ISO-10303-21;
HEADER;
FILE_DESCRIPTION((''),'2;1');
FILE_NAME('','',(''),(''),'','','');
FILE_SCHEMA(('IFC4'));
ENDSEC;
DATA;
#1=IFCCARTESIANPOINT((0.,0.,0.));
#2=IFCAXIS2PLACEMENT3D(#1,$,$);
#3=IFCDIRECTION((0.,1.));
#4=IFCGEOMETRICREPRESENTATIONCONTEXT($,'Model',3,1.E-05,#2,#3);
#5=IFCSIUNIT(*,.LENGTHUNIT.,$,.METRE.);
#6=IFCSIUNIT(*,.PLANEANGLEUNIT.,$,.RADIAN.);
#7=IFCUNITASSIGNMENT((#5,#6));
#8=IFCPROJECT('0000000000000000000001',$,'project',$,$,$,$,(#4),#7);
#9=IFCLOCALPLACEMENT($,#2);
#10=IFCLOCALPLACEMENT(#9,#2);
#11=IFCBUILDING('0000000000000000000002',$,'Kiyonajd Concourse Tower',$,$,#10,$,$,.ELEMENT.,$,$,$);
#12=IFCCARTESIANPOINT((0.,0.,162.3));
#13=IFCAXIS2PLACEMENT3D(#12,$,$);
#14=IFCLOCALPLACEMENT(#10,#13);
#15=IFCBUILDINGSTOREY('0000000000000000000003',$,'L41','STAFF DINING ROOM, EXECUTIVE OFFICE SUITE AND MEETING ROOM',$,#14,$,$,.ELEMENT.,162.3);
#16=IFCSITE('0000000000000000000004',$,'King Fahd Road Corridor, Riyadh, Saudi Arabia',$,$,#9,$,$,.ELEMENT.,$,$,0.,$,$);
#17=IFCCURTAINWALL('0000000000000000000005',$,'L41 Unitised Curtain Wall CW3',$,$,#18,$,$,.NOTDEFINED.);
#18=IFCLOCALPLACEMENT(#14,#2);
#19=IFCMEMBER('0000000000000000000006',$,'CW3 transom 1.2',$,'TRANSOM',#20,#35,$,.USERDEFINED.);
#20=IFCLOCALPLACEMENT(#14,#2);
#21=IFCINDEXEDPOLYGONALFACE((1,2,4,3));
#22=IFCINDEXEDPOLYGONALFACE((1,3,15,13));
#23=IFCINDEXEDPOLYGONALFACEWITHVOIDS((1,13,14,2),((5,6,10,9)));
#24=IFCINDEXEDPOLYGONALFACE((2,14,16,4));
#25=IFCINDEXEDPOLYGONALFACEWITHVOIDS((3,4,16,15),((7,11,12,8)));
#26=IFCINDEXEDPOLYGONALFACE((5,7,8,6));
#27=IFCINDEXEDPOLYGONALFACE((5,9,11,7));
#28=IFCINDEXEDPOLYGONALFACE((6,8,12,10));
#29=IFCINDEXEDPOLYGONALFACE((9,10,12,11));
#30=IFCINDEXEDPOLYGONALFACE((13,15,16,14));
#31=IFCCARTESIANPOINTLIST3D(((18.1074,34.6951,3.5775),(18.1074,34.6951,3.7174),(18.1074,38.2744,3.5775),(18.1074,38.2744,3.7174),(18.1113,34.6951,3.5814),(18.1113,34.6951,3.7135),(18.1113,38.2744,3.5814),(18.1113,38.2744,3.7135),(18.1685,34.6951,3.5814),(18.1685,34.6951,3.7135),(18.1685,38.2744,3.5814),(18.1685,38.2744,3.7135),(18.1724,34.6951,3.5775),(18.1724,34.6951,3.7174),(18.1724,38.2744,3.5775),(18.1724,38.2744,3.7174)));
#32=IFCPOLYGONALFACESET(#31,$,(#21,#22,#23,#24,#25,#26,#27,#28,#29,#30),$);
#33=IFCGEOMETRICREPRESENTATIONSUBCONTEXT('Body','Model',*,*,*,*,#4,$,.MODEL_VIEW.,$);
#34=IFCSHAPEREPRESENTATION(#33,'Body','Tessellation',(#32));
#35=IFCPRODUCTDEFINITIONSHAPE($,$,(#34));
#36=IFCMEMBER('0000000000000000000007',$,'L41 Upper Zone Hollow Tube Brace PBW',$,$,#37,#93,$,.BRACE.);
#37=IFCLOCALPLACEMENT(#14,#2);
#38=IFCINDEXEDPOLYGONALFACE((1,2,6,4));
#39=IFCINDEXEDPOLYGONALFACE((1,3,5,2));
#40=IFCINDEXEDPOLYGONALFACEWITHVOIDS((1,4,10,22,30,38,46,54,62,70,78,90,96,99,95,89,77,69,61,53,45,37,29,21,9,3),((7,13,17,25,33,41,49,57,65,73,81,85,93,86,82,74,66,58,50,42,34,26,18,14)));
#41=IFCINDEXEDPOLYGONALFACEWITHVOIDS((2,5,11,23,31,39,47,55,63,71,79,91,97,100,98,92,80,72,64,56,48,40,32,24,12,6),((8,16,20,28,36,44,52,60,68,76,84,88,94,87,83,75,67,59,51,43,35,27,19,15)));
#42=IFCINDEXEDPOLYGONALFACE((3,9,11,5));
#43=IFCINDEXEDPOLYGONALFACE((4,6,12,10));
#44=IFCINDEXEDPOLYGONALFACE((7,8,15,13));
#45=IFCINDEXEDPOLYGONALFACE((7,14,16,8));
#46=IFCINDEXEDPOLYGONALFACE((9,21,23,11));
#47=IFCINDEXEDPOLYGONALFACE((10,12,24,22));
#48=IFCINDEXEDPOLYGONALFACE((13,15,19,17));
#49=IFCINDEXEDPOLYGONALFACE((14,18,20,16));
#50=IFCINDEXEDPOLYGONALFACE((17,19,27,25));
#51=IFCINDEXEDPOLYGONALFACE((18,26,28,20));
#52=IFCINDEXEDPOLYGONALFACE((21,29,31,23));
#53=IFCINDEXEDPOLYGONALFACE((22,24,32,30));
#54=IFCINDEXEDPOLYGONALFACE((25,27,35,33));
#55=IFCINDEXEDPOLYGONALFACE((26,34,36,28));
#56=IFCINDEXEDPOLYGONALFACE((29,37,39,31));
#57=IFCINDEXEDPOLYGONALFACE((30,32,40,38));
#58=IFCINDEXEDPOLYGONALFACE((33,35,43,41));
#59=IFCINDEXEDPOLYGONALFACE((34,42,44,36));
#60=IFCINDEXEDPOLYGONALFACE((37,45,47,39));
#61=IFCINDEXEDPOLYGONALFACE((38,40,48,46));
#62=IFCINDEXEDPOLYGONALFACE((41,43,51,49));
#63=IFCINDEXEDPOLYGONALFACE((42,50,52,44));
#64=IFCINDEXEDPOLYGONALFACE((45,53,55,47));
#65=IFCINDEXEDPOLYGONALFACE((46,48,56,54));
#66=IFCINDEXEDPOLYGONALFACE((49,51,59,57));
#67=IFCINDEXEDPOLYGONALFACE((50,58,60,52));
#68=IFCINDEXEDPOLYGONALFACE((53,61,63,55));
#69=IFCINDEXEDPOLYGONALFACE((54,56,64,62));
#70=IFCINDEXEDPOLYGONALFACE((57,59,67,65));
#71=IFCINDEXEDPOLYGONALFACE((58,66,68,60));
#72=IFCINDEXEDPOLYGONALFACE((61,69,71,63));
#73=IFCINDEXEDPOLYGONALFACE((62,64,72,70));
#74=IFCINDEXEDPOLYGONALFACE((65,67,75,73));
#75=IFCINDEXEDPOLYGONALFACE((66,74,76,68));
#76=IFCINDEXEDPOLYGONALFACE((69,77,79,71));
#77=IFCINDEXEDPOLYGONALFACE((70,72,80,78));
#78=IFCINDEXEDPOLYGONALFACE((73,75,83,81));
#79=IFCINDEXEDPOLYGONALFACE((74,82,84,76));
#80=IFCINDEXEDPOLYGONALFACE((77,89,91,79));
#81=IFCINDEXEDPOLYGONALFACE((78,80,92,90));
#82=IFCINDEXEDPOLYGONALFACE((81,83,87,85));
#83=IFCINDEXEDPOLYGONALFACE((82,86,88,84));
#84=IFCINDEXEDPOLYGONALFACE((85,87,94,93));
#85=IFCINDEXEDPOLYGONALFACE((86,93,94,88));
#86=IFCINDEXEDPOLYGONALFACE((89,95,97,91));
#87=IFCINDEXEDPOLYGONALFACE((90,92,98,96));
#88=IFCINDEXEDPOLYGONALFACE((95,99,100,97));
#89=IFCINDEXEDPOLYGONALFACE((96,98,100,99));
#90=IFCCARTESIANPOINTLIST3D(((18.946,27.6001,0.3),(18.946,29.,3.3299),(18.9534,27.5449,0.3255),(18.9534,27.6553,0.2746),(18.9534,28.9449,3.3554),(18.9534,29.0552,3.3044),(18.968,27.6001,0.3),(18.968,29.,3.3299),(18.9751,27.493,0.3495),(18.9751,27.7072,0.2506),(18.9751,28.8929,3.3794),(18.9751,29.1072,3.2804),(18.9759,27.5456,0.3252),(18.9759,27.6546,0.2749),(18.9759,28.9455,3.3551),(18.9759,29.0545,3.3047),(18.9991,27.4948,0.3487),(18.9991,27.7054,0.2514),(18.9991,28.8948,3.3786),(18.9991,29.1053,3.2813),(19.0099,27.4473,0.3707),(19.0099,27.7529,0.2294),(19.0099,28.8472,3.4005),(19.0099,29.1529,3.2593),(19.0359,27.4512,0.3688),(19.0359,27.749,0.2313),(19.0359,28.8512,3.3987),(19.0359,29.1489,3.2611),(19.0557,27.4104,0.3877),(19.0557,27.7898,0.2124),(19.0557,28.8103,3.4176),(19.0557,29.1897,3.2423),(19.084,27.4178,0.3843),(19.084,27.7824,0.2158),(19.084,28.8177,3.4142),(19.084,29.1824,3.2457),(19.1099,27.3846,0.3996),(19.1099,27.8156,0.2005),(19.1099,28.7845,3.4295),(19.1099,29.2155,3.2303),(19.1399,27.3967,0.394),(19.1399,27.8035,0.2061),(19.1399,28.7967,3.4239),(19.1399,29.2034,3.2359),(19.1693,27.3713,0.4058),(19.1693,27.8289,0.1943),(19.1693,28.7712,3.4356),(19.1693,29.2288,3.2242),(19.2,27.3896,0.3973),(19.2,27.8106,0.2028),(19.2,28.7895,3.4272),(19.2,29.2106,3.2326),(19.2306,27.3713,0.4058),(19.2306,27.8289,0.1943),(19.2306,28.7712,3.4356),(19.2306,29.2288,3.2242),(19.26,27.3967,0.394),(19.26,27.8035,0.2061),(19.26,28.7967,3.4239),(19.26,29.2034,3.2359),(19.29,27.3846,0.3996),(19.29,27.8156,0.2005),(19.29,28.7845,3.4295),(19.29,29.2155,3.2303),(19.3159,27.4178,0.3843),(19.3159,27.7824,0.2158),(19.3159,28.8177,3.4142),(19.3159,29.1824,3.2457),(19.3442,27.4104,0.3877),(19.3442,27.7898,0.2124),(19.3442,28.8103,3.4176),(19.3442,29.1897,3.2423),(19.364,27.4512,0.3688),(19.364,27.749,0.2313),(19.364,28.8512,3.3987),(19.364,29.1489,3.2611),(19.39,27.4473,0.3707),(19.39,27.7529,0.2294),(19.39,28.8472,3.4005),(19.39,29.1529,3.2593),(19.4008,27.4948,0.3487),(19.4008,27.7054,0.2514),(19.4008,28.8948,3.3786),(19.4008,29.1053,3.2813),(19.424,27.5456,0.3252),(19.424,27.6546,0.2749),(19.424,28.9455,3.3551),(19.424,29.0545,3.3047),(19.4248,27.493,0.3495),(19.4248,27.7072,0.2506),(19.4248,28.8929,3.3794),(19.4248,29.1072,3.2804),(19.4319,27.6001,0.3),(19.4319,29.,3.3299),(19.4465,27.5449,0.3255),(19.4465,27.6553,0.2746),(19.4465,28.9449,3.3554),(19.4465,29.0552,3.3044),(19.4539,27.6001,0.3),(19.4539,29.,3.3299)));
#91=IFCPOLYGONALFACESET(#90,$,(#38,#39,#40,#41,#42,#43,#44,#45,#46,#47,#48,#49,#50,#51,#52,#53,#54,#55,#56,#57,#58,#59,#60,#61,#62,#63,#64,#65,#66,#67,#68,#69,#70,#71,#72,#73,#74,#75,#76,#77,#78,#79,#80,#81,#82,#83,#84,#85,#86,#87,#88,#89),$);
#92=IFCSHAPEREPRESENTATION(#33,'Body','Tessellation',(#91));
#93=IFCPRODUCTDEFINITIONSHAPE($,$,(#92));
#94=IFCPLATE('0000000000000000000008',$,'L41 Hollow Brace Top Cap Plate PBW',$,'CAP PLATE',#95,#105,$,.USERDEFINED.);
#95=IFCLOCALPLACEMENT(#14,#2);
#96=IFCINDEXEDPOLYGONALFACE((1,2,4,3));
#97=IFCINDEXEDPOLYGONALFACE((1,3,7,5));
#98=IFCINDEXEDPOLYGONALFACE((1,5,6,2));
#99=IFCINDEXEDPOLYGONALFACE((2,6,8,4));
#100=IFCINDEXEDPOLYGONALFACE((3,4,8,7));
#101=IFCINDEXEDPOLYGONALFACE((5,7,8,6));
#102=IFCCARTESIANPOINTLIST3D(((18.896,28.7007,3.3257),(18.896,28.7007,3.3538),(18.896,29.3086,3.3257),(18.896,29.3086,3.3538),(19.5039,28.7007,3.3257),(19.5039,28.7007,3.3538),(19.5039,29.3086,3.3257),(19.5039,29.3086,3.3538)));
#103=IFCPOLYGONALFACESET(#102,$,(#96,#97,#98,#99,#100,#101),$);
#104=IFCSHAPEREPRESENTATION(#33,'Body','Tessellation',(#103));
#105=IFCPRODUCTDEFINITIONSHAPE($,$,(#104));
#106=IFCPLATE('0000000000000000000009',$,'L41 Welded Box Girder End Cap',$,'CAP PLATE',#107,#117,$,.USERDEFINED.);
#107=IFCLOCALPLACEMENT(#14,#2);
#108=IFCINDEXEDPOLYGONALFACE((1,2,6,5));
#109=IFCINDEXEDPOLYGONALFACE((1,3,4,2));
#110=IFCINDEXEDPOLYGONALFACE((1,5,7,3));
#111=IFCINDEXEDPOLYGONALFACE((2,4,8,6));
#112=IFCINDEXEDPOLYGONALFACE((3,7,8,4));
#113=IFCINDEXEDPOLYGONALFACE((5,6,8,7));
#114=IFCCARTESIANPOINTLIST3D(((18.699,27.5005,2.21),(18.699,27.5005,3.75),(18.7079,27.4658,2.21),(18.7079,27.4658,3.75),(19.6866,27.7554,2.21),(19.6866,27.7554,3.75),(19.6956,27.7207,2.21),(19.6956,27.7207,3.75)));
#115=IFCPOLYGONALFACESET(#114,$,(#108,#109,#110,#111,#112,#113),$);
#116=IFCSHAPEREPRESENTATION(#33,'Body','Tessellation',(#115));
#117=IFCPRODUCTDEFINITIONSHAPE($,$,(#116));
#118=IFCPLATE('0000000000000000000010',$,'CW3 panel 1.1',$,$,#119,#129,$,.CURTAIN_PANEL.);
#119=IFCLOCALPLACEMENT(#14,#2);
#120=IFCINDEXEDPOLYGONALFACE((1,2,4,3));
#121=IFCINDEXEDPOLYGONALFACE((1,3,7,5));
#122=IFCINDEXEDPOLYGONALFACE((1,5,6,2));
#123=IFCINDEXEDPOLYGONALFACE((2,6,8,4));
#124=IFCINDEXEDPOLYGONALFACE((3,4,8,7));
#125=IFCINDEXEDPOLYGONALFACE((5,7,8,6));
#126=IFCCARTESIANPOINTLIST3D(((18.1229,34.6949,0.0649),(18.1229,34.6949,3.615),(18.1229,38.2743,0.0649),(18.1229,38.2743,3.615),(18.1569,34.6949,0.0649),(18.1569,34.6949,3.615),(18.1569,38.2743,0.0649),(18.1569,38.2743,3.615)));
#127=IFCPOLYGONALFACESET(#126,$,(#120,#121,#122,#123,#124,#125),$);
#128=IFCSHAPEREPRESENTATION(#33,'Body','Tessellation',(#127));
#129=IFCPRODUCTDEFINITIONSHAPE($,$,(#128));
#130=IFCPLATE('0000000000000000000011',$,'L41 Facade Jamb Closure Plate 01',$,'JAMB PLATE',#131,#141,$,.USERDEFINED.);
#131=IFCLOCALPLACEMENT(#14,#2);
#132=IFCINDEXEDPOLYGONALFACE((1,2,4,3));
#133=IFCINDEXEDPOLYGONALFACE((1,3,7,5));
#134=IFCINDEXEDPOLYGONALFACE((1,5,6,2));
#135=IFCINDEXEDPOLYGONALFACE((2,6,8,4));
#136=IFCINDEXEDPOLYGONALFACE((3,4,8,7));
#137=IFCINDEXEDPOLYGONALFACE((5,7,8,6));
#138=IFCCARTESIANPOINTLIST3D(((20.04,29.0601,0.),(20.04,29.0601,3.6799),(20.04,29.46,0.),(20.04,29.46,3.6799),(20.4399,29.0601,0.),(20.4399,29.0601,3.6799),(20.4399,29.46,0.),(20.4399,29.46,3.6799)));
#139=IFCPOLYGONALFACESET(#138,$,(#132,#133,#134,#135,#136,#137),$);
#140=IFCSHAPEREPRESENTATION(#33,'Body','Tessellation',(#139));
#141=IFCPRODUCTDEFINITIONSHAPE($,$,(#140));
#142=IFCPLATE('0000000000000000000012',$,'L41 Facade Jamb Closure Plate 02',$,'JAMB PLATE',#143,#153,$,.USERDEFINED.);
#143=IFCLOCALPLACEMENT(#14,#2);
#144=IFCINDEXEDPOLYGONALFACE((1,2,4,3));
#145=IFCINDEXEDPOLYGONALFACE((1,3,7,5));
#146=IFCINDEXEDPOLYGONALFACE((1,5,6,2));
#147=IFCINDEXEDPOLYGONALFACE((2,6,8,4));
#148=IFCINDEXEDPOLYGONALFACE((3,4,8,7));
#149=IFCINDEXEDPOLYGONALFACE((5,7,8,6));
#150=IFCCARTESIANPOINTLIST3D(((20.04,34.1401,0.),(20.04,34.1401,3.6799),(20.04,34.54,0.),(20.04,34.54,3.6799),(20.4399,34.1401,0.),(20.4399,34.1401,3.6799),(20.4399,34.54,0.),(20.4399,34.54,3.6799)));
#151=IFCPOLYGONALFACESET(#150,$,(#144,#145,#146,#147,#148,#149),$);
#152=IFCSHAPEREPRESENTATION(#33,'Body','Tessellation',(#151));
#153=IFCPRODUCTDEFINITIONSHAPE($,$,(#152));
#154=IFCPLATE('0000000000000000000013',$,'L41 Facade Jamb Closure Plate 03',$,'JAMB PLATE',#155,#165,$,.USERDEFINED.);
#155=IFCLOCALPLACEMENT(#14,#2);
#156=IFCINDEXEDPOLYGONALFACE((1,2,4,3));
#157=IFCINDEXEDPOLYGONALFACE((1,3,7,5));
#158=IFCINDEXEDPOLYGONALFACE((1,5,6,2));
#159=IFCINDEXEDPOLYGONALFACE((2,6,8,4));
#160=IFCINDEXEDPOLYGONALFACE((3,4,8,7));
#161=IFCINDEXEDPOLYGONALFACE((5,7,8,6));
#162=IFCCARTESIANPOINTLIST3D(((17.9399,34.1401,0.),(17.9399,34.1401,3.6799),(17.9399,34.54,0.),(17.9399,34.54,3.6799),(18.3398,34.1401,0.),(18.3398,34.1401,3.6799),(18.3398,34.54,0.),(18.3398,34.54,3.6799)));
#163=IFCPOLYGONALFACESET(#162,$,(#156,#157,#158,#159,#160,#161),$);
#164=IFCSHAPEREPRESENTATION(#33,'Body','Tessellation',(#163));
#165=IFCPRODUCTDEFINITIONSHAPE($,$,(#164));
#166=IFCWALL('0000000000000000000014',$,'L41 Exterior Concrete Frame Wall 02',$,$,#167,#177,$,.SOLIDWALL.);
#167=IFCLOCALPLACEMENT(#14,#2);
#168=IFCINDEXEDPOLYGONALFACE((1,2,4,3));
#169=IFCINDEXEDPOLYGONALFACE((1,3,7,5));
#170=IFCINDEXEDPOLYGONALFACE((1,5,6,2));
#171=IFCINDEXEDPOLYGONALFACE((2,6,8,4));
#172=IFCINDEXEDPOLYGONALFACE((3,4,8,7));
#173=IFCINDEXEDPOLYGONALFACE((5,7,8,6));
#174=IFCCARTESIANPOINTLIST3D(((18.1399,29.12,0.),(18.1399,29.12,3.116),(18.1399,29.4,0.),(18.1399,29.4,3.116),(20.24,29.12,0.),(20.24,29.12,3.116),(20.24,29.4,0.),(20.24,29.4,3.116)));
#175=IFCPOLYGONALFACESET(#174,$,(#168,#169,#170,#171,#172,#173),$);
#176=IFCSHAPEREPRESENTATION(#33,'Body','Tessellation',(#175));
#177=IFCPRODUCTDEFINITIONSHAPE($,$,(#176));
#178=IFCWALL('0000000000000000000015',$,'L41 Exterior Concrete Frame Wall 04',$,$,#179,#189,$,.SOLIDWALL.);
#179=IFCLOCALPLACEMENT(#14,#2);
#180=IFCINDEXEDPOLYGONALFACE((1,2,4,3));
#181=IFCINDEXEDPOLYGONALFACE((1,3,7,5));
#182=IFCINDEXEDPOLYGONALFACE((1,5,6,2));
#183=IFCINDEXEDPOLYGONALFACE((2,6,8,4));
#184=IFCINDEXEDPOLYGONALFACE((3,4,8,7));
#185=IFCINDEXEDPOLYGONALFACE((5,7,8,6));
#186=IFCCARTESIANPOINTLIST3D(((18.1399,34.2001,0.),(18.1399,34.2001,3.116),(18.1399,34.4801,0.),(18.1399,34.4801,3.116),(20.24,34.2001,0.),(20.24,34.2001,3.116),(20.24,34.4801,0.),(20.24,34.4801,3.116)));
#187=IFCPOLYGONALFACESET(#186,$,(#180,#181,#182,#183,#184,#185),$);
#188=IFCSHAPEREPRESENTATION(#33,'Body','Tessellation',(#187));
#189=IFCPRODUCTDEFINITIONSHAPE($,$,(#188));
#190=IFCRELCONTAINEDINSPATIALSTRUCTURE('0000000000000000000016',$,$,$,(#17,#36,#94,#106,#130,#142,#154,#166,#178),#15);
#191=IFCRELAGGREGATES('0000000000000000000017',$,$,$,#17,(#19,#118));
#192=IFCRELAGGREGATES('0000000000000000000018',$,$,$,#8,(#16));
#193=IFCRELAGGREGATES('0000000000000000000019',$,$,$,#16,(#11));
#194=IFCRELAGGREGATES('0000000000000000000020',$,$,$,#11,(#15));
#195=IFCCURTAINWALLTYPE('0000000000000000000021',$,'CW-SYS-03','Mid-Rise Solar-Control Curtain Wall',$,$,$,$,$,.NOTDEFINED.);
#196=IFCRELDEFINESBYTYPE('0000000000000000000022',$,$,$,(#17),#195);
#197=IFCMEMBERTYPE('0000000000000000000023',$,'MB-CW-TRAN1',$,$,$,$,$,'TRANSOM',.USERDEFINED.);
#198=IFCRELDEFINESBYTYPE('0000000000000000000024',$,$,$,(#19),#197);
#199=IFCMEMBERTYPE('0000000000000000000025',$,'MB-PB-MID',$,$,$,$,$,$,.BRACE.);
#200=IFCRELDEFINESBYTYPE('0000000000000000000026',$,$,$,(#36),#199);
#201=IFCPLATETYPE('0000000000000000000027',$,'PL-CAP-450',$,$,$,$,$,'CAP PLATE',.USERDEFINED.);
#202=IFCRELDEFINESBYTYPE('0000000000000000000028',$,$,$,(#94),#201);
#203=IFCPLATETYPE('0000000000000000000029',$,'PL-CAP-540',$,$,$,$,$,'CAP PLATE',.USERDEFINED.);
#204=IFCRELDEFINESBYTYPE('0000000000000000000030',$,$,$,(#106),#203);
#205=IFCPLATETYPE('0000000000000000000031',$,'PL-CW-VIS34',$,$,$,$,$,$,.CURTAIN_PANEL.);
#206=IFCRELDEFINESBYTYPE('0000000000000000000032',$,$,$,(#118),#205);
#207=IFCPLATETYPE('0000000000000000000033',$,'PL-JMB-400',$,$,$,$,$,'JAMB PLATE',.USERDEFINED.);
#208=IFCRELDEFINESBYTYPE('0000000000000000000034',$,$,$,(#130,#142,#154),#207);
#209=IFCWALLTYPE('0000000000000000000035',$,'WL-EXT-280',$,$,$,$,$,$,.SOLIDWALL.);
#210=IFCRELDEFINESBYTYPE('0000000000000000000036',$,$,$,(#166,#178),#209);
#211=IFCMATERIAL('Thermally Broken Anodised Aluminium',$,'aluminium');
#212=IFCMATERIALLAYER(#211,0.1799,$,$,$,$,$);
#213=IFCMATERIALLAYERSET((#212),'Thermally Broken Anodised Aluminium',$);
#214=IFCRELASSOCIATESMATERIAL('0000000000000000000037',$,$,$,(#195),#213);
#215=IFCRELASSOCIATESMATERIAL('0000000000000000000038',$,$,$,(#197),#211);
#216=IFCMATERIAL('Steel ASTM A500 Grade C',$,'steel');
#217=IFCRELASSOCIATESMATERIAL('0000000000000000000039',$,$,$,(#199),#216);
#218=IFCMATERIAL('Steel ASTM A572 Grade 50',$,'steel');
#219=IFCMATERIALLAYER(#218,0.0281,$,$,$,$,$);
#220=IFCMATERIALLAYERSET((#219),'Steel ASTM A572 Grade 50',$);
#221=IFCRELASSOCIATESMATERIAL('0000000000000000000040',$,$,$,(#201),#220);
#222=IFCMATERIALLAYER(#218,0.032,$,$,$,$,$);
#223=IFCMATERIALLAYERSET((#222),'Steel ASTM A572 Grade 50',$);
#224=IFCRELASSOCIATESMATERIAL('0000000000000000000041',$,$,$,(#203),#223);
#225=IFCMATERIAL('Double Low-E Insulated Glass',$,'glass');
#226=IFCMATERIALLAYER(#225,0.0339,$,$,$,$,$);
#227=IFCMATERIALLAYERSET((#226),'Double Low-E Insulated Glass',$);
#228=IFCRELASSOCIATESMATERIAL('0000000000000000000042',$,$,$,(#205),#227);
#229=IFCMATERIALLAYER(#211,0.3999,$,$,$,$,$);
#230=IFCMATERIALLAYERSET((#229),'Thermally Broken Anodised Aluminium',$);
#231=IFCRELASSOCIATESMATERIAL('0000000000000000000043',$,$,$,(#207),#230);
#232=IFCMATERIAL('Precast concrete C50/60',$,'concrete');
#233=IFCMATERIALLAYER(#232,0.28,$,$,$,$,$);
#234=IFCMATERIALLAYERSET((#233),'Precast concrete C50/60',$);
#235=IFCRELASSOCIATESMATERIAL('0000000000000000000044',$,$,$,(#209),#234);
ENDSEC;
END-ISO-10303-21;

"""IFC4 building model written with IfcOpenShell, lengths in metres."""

from ifc_helpers import new_model, si_unit, direction, frame, frame_2d, origin, origin_2d, place, context, subcontext, project, spatial, rectangle, hollow_rectangle, hollow_circle, extrude, material, layer, layer_set, material_profile, profile_set, type_object, element, aggregate, save


model = new_model("IFC4")

# Units and contexts
model_context = context("Model", 3, precision=1e-05, world=origin(), true_north=direction((0.0, 1.0)))
body_context = subcontext(model_context, "Body", "Model", "MODEL_VIEW")
ifc_project = project(units=[si_unit("LENGTHUNIT", "METRE"), si_unit("PLANEANGLEUNIT", "RADIAN")], contexts=[model_context])

# Site, building, storey
site_placement = place(None, origin())
site = spatial("IfcSite", under=ifc_project, at=site_placement, Name="King Fahd Road Corridor, Riyadh, Saudi Arabia", CompositionType="ELEMENT", RefElevation=0.0)
building_placement = place(site_placement, origin())
building = spatial("IfcBuilding", under=site, at=building_placement, Name="Kiyonajd Concourse Tower", CompositionType="ELEMENT")
storey_placement = place(building_placement, frame((0.0, 0.0, 162.3)))
storey = spatial("IfcBuildingStorey", under=building, at=storey_placement, Name="L41", Description="STAFF DINING ROOM, EXECUTIVE OFFICE SUITE AND MEETING ROOM", CompositionType="ELEMENT", Elevation=162.3)

# Shared definitions
ifc_material_1 = material(Name="Steel ASTM A572 Grade 50", Category="steel")

# Curtain wall, member
ifc_material_2 = material(Name="Thermally Broken Anodised Aluminium", Category="aluminium")
ifc_layer_1 = layer(ifc_material_2, 0.1799)
ifc_layer_set_1 = layer_set([ifc_layer_1], Name="Thermally Broken Anodised Aluminium")
curtain_wall_type = type_object("IfcCurtainWallType", Name="CW-SYS-03", Description="Mid-Rise Solar-Control Curtain Wall", PredefinedType="NOTDEFINED", material=ifc_layer_set_1)
curtain_wall_placement = place(storey_placement, origin())
curtain_wall = element("IfcCurtainWall", 1, at=curtain_wall_placement, inside=storey, type_object=curtain_wall_type, Name="L41 Unitised Curtain Wall CW3", PredefinedType="NOTDEFINED")
ifc_material_profile_1 = material_profile(ifc_material_2, hollow_rectangle(XDim=0.0649, YDim=0.1399, WallThickness=0.0039, at=origin_2d()), Name="TRAN-65x140")
ifc_profile_set_1 = profile_set([ifc_material_profile_1], Name="Thermally Broken Anodised Aluminium")
member_type_1 = type_object("IfcMemberType", Name="MB-CW-TRAN1", ElementType="TRANSOM", PredefinedType="USERDEFINED", material=ifc_profile_set_1)
member_1_placement = place(storey_placement, frame((18.1399, 34.6951, 3.6475), z_axis=(0.0, 1.0, 0.0), x_axis=(-1.0, 0.0, 0.0)))
member_1 = element("IfcMember", 2, at=member_1_placement, type_object=member_type_1, Name="CW3 transom 1.2", ObjectType="TRANSOM", PredefinedType="USERDEFINED", context=body_context, shape_type="SweptSolid", body=[
    extrude(hollow_rectangle(XDim=0.0649, YDim=0.1399, WallThickness=0.0039, at=origin_2d()), origin(), (0.0, 0.0, 1.0), 3.5793),
])

# Member
ifc_material_3 = material(Name="Steel ASTM A500 Grade C", Category="steel")
ifc_material_profile_2 = material_profile(ifc_material_3, hollow_circle(Radius=0.2539, WallThickness=0.022, at=origin_2d()), Name="CHS-508x22")
ifc_profile_set_2 = profile_set([ifc_material_profile_2], Name="Steel ASTM A500 Grade C")
member_type_2 = type_object("IfcMemberType", Name="MB-PB-MID", PredefinedType="BRACE", material=ifc_profile_set_2)
member_2_placement = place(storey_placement, frame((19.2, 27.6001, 0.3), z_axis=(0.0, 0.419439, 0.907784), x_axis=(-1.0, 0.0, 0.0)))
element("IfcMember", 3, at=member_2_placement, inside=storey, type_object=member_type_2, Name="L41 Upper Zone Hollow Tube Brace PBW", PredefinedType="BRACE", context=body_context, shape_type="SweptSolid", body=[
    extrude(hollow_circle(Radius=0.2539, WallThickness=0.022, at=origin_2d()), origin(), (0.0, 0.0, 1.0), 3.3376),
])

# Plates
ifc_layer_2 = layer(ifc_material_1, 0.0281)
ifc_layer_set_2 = layer_set([ifc_layer_2], Name="Steel ASTM A572 Grade 50")
plate_type_1 = type_object("IfcPlateType", Name="PL-CAP-450", ElementType="CAP PLATE", PredefinedType="USERDEFINED", material=ifc_layer_set_2)
plate_1_placement = place(storey_placement, frame((19.2, 29.0046, 3.3257), z_axis=(0.0, 0.0, 1.0), x_axis=(1.0, 0.0, 0.0)))
element("IfcPlate", 4, at=plate_1_placement, inside=storey, type_object=plate_type_1, Name="L41 Hollow Brace Top Cap Plate PBW", ObjectType="CAP PLATE", PredefinedType="USERDEFINED", context=body_context, shape_type="SweptSolid", body=[
    extrude(rectangle(XDim=0.6079, YDim=0.6079, at=origin_2d()), origin(), (0.0, 0.0, 1.0), 0.0281),
])
ifc_layer_3 = layer(ifc_material_1, 0.032)
ifc_layer_set_3 = layer_set([ifc_layer_3], Name="Steel ASTM A572 Grade 50")
plate_type_2 = type_object("IfcPlateType", Name="PL-CAP-540", ElementType="CAP PLATE", PredefinedType="USERDEFINED", material=ifc_layer_set_3)
plate_2_placement = place(storey_placement, frame((19.1973, 27.6106, 2.21), z_axis=(0.0, 0.0, 1.0), x_axis=(-0.249873, 0.968279, 0.0)))
element("IfcPlate", 5, at=plate_2_placement, inside=storey, type_object=plate_type_2, Name="L41 Welded Box Girder End Cap", ObjectType="CAP PLATE", PredefinedType="USERDEFINED", context=body_context, shape_type="SweptSolid", body=[
    extrude(rectangle(XDim=0.0359, YDim=1.02, at=origin_2d()), origin(), (0.0, 0.0, 1.0), 1.54),
])

# Plate
ifc_material_4 = material(Name="Double Low-E Insulated Glass", Category="glass")
ifc_layer_4 = layer(ifc_material_4, 0.0339)
ifc_layer_set_4 = layer_set([ifc_layer_4], Name="Double Low-E Insulated Glass")
plate_type_3 = type_object("IfcPlateType", Name="PL-CW-VIS34", PredefinedType="CURTAIN_PANEL", material=ifc_layer_set_4)
plate_3_placement = place(storey_placement, frame((18.1399, 36.4846, 0.0649), z_axis=(0.0, 0.0, 1.0), x_axis=(0.0, 1.0, 0.0)))
plate_3 = element("IfcPlate", 6, at=plate_3_placement, type_object=plate_type_3, Name="CW3 panel 1.1", PredefinedType="CURTAIN_PANEL", context=body_context, shape_type="SweptSolid", body=[
    extrude(rectangle(XDim=3.5793, YDim=0.0339, at=origin_2d()), origin(), (0.0, 0.0, 1.0), 3.55),
])
aggregate(curtain_wall, [member_1, plate_3])

# Plates
ifc_layer_5 = layer(ifc_material_2, 0.3999)
ifc_layer_set_5 = layer_set([ifc_layer_5], Name="Thermally Broken Anodised Aluminium")
plate_type_4 = type_object("IfcPlateType", Name="PL-JMB-400", ElementType="JAMB PLATE", PredefinedType="USERDEFINED", material=ifc_layer_set_5)
for number, where, z_axis, x_axis, name in (
    (7, (20.24, 29.26, 0.0), (0.0, 0.0, 1.0), (1.0, 0.0, 0.0), "L41 Facade Jamb Closure Plate 01"),
    (8, (20.24, 34.3401, 0.0), (0.0, 0.0, 1.0), (1.0, 0.0, 0.0), "L41 Facade Jamb Closure Plate 02"),
    (9, (18.1399, 34.3401, 0.0), (0.0, 0.0, 1.0), (1.0, 0.0, 0.0), "L41 Facade Jamb Closure Plate 03"),
):
    element("IfcPlate", number, at=place(storey_placement, frame(where, z_axis=z_axis, x_axis=x_axis)), inside=storey, type_object=plate_type_4, Name=name, ObjectType="JAMB PLATE", PredefinedType="USERDEFINED", context=body_context, shape_type="SweptSolid", body=[
        extrude(rectangle(XDim=0.3999, YDim=0.3999, at=origin_2d()), origin(), (0.0, 0.0, 1.0), 3.6799),
    ])

# Walls
ifc_material_5 = material(Name="Precast concrete C50/60", Category="concrete")
ifc_layer_6 = layer(ifc_material_5, 0.28)
ifc_layer_set_6 = layer_set([ifc_layer_6], Name="Precast concrete C50/60")
wall_type_1 = type_object("IfcWallType", Name="WL-EXT-280", PredefinedType="SOLIDWALL", material=ifc_layer_set_6)
for number, where, z_axis, x_axis, name in (
    (10, (18.1399, 29.26, 0.0), (0.0, 0.0, 1.0), (1.0, 0.0, 0.0), "L41 Exterior Concrete Frame Wall 02"),
    (11, (20.24, 34.3401, 0.0), (0.0, 0.0, 1.0), (-1.0, 0.0, 0.0), "L41 Exterior Concrete Frame Wall 04"),
):
    element("IfcWall", number, at=place(storey_placement, frame(where, z_axis=z_axis, x_axis=x_axis)), inside=storey, type_object=wall_type_1, Name=name, PredefinedType="SOLIDWALL", context=body_context, shape_type="SweptSolid", body=[
        extrude(rectangle(XDim=2.1001, YDim=0.28, at=frame_2d((1.05, 0.0))), origin(), (0.0, 0.0, 1.0), 3.116),
    ])

save(model, "model.ifc")
